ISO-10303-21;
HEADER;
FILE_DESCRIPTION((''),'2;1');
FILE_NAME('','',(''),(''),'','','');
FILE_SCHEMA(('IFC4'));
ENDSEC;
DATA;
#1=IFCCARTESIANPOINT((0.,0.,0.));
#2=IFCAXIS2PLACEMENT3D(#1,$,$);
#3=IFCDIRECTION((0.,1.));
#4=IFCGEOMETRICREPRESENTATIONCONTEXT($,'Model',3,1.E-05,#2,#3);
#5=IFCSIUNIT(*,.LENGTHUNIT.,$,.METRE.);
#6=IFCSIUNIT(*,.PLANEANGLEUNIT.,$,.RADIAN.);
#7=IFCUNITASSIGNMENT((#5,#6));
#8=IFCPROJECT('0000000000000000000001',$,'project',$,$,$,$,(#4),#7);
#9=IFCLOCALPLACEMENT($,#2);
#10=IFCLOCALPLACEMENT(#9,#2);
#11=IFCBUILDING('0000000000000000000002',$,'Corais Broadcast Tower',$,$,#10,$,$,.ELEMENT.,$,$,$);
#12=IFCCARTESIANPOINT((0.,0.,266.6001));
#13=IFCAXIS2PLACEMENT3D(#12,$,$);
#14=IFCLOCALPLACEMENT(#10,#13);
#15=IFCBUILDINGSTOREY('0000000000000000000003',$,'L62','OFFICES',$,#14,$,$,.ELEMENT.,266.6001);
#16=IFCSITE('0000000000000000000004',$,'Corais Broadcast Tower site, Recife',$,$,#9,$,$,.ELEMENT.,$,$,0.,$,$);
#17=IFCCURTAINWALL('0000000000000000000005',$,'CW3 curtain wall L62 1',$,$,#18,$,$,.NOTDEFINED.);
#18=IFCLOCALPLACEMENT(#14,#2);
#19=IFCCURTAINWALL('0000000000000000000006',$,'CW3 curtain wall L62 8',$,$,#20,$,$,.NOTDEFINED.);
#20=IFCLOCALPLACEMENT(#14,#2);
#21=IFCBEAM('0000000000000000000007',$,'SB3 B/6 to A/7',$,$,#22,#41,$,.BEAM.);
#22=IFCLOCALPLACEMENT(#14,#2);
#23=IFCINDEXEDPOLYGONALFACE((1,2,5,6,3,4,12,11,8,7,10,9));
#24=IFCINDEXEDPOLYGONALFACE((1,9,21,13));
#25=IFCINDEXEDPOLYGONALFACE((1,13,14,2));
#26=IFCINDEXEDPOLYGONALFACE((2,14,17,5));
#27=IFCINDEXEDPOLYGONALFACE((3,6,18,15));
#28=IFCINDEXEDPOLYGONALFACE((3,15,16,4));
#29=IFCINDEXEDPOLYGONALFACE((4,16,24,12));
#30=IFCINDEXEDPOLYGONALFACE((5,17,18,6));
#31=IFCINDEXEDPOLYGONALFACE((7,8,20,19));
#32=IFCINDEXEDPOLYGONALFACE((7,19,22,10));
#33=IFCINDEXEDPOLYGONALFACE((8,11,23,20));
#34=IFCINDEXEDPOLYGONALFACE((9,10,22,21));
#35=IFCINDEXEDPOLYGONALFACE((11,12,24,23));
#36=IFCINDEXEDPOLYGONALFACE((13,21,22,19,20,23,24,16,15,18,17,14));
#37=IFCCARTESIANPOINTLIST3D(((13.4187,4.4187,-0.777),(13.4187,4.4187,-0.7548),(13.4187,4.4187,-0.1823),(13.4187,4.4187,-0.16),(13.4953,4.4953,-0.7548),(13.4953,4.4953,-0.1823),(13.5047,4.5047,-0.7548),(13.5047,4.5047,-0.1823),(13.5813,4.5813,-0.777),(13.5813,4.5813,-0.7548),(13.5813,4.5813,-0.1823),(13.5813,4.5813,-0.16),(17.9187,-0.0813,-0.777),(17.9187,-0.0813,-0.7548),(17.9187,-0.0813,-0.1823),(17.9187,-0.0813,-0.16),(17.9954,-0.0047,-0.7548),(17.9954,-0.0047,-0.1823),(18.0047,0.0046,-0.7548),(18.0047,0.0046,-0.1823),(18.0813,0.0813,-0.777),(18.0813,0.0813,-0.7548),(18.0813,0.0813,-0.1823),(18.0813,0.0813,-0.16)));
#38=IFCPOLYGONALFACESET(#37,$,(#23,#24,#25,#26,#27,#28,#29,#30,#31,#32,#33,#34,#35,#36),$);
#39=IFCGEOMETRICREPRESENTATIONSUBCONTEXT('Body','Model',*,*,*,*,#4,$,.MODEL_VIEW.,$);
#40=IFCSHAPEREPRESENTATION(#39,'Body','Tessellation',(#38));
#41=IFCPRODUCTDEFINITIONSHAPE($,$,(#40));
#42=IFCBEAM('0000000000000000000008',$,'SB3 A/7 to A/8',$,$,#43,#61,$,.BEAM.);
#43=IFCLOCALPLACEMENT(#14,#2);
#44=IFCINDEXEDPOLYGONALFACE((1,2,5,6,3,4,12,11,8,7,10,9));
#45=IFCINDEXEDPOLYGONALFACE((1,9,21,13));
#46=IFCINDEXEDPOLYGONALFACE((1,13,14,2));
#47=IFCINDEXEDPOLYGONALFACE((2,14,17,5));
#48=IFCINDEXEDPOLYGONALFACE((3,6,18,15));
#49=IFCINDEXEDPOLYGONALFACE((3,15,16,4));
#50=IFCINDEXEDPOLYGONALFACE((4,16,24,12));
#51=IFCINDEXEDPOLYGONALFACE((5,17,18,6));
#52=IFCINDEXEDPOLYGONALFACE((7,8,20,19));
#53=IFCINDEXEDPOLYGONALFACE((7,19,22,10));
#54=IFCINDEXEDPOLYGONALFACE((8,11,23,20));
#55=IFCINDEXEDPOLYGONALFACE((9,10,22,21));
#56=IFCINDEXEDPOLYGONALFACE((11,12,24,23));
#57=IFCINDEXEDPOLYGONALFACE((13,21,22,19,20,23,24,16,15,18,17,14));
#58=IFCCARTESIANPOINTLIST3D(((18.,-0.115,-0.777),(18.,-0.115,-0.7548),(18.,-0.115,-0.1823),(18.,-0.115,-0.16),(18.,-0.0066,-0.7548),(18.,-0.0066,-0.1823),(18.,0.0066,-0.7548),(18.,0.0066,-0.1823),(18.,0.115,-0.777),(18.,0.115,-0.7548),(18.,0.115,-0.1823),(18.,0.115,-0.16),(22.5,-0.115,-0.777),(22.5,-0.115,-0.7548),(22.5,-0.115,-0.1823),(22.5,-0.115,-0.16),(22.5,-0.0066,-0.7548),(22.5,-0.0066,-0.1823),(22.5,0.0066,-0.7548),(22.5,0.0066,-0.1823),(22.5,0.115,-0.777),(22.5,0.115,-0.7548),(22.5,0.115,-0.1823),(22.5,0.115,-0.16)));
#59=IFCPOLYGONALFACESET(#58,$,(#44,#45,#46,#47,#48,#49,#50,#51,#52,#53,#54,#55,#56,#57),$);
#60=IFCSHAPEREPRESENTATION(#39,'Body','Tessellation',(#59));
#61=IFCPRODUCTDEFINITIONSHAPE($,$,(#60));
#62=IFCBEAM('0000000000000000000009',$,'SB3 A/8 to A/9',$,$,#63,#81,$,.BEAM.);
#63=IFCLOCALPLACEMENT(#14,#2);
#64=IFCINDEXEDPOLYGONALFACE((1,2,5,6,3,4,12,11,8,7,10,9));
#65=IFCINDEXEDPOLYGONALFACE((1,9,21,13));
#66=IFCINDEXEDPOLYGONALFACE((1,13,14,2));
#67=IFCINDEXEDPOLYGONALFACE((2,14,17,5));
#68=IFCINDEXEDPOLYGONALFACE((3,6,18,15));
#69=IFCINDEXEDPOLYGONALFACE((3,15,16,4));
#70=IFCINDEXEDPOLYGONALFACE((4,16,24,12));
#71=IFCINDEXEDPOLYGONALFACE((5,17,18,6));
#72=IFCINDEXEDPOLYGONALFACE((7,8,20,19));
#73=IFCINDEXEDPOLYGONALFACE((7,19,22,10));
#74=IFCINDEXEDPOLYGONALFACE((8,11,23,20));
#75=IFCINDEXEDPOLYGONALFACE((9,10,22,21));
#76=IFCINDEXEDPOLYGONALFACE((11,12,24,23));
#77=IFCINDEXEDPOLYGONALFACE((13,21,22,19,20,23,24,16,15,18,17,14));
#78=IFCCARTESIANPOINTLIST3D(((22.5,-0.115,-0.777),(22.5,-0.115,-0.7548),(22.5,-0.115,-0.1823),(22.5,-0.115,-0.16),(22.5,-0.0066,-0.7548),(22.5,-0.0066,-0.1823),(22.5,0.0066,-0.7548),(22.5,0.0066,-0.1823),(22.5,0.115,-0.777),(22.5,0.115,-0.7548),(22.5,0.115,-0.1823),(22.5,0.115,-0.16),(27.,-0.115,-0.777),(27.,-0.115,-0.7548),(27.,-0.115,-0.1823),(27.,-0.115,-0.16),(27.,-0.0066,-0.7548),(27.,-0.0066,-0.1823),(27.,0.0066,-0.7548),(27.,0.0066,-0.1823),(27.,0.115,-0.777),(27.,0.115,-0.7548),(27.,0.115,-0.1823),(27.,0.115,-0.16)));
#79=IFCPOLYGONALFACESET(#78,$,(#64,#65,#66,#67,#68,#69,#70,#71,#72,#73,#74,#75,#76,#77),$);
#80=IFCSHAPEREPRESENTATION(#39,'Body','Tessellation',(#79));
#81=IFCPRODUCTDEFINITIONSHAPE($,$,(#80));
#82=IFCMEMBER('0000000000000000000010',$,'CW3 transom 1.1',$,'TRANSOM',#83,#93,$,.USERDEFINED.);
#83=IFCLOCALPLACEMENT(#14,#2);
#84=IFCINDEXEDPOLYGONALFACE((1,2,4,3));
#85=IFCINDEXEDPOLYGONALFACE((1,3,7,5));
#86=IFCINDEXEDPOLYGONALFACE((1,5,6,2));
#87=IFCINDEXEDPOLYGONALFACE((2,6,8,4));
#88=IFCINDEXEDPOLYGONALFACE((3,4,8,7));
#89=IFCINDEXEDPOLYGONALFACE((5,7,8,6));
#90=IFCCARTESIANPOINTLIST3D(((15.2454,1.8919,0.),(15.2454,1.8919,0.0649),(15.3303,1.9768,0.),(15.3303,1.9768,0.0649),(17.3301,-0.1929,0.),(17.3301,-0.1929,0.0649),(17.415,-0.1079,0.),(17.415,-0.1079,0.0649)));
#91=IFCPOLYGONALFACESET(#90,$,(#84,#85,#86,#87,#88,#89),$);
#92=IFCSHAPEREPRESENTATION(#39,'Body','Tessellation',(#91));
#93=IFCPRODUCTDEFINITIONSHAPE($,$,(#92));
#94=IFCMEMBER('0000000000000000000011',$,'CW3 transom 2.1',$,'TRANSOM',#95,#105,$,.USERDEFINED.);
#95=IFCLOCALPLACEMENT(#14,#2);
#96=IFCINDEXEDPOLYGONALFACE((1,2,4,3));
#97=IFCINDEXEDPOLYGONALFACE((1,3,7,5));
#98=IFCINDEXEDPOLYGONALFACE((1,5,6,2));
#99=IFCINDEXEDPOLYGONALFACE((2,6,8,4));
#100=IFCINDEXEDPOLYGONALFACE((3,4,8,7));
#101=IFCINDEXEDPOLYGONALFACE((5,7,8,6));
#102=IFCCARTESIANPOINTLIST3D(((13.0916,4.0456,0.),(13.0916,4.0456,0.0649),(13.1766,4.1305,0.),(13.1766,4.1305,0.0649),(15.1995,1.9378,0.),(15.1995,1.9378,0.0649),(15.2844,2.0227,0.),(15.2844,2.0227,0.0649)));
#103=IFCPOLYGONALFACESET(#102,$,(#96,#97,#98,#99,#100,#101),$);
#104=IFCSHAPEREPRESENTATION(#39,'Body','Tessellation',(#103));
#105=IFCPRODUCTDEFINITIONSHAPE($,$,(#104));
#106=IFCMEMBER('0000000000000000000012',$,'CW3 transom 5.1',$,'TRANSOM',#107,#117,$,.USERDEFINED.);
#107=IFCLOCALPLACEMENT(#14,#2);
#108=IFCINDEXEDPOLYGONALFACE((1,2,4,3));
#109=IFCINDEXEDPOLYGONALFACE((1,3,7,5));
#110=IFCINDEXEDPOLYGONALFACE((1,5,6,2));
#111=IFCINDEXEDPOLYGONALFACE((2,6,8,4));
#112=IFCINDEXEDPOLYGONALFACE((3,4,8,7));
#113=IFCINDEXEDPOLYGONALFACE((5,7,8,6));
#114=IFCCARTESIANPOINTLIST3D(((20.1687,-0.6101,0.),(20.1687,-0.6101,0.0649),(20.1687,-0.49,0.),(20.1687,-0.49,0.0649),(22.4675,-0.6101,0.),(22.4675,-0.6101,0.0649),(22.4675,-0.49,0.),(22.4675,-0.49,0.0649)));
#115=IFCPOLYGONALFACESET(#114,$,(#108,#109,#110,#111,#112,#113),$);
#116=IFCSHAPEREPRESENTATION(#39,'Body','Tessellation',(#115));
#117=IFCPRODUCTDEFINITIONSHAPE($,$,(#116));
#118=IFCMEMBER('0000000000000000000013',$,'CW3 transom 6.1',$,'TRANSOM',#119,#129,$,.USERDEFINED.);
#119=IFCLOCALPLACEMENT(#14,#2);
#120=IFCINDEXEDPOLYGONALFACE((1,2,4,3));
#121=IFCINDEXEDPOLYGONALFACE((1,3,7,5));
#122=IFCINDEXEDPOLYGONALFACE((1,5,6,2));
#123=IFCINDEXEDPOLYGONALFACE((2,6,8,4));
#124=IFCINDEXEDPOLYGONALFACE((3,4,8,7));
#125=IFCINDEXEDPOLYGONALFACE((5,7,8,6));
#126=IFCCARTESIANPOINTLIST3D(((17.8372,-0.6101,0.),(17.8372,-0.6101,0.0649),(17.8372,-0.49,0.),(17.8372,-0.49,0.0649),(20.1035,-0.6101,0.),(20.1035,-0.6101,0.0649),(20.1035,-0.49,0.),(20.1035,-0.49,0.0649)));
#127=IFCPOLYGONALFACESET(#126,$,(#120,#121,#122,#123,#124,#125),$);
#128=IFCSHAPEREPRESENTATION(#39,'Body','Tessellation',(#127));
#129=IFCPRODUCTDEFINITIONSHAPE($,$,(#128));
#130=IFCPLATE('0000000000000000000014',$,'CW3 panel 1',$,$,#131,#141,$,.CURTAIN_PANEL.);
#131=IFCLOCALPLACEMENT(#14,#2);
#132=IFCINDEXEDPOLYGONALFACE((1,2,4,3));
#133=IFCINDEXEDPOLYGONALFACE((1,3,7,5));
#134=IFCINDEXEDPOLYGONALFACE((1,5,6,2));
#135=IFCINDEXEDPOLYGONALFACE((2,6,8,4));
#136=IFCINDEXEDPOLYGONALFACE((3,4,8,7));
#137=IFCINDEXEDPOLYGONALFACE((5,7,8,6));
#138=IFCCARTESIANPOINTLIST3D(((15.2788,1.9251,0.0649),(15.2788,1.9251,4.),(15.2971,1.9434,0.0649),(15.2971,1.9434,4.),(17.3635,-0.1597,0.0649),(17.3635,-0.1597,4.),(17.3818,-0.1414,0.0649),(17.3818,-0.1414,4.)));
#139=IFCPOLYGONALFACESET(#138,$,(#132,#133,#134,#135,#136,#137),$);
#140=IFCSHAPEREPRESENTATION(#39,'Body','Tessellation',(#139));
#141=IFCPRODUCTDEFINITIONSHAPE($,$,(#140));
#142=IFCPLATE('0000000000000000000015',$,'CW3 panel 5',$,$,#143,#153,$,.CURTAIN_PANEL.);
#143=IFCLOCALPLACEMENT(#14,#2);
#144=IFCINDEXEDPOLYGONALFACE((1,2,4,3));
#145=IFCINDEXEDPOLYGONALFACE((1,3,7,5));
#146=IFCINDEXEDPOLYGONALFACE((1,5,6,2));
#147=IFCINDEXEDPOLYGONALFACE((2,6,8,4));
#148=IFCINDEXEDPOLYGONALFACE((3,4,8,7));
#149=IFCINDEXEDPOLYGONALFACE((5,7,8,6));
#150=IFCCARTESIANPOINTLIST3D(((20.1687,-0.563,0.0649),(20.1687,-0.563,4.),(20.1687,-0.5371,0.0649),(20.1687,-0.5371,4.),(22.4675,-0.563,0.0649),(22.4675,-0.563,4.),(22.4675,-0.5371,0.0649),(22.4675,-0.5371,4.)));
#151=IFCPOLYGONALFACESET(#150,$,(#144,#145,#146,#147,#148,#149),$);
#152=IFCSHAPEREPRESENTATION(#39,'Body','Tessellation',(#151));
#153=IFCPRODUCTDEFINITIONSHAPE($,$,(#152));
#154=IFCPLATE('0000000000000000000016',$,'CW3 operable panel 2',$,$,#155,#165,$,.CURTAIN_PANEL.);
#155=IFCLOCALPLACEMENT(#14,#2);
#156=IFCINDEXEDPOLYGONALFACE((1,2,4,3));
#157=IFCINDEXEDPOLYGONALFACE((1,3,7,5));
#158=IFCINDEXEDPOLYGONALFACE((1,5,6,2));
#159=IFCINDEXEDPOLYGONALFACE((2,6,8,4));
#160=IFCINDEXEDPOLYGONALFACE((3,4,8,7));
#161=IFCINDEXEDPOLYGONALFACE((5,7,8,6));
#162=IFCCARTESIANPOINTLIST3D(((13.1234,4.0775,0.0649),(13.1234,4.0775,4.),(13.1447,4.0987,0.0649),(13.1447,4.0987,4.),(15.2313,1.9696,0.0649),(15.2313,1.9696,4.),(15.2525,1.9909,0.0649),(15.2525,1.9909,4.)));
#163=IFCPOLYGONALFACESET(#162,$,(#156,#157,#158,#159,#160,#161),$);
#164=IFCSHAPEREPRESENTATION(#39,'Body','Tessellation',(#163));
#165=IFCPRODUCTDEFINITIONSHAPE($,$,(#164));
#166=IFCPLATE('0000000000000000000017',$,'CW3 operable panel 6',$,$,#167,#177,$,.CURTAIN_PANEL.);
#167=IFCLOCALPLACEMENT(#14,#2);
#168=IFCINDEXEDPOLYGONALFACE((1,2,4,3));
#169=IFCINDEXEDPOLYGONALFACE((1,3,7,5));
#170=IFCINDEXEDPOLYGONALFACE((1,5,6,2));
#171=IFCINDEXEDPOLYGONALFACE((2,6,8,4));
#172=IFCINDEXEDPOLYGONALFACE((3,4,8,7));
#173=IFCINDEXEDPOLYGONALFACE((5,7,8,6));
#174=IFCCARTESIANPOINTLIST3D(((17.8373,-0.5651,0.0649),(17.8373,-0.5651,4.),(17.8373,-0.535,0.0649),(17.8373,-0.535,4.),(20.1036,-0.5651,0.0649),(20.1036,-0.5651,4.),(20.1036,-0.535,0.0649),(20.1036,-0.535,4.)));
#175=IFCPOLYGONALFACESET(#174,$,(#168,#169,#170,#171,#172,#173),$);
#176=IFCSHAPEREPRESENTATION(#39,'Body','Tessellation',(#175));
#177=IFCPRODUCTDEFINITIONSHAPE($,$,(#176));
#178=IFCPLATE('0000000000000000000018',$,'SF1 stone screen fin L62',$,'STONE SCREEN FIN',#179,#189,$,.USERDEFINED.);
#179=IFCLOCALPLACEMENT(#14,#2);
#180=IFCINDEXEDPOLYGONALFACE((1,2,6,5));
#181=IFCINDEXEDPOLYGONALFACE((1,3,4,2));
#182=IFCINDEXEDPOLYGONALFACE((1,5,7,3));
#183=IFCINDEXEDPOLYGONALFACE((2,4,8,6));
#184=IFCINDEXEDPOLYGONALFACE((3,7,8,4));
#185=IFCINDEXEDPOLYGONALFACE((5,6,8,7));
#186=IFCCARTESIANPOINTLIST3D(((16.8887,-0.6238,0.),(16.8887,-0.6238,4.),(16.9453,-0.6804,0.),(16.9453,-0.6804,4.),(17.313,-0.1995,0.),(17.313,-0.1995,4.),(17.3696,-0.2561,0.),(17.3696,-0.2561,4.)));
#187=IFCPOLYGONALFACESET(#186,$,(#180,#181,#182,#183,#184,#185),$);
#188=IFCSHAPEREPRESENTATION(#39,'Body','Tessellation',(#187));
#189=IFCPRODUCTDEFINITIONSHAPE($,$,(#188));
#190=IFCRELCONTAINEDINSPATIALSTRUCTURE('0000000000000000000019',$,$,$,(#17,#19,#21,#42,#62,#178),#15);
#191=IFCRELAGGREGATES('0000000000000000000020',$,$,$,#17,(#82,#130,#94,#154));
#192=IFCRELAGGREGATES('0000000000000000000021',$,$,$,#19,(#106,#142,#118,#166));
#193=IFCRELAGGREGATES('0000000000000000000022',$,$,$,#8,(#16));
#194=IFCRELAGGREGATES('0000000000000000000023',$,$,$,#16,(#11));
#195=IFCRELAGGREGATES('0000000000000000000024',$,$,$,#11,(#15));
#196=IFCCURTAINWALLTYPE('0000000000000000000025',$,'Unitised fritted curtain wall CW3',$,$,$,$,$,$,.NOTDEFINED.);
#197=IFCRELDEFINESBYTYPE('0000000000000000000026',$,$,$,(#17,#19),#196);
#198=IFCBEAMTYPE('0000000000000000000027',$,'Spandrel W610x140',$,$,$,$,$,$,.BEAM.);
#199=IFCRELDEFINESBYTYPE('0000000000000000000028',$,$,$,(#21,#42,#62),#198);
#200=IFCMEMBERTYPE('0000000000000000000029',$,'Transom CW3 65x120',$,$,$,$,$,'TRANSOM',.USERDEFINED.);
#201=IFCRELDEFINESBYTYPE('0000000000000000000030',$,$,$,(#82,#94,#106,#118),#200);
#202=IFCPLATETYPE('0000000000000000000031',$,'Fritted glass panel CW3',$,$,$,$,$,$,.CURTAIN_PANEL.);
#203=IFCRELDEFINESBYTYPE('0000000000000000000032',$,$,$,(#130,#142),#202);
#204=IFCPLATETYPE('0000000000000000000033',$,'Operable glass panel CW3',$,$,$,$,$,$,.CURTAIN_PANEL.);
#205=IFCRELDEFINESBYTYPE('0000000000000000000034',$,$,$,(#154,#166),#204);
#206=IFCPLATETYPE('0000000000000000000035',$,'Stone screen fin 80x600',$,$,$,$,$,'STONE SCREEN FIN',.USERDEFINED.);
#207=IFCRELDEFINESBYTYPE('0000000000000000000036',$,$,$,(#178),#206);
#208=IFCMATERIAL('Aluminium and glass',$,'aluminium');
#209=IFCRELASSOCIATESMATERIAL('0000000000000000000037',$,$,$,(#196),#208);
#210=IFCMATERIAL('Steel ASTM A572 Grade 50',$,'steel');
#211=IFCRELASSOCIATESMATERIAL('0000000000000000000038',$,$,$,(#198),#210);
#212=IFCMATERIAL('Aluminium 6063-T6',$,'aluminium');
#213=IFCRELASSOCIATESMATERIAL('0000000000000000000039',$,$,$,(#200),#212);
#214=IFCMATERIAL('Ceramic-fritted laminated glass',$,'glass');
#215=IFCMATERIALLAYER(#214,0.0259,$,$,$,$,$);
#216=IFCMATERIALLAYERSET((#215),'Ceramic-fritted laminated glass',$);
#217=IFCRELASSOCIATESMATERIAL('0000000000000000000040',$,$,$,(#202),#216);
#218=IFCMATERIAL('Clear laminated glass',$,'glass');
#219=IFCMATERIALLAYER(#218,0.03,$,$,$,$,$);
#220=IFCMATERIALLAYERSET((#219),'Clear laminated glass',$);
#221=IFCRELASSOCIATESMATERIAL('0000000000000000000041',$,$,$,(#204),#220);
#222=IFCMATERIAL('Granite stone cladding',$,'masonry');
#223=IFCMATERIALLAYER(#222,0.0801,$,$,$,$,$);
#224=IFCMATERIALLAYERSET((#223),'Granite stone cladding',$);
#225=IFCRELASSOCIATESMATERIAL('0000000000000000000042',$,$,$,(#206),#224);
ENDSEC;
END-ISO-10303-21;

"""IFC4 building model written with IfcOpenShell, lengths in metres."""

from ifc_helpers import new_model, si_unit, direction, frame, origin, origin_2d, place, context, subcontext, project, spatial, rectangle, i_section, extrude, material, layer, layer_set, material_profile, profile_set, type_object, element, aggregate, save


model = new_model("IFC4")

# Units and contexts
model_context = context("Model", 3, precision=1e-05, world=origin(), true_north=direction((0.0, 1.0)))
body_context = subcontext(model_context, "Body", "Model", "MODEL_VIEW")
ifc_project = project(units=[si_unit("LENGTHUNIT", "METRE"), si_unit("PLANEANGLEUNIT", "RADIAN")], contexts=[model_context])

# Site, building, storey
site_placement = place(None, origin())
site = spatial("IfcSite", under=ifc_project, at=site_placement, Name="Corais Broadcast Tower site, Recife", CompositionType="ELEMENT", RefElevation=0.0)
building_placement = place(site_placement, origin())
building = spatial("IfcBuilding", under=site, at=building_placement, Name="Corais Broadcast Tower", CompositionType="ELEMENT")
storey_placement = place(building_placement, frame((0.0, 0.0, 266.6001)))
storey = spatial("IfcBuildingStorey", under=building, at=storey_placement, Name="L62", Description="OFFICES", CompositionType="ELEMENT", Elevation=266.6001)

# Curtain walls
ifc_material_1 = material(Name="Aluminium and glass", Category="aluminium")
curtain_wall_type = type_object("IfcCurtainWallType", Name="Unitised fritted curtain wall CW3", PredefinedType="NOTDEFINED", material=ifc_material_1)
curtain_wall_1_placement = place(storey_placement, origin())
curtain_wall_1 = element("IfcCurtainWall", 1, at=curtain_wall_1_placement, inside=storey, type_object=curtain_wall_type, Name="CW3 curtain wall L62 1", PredefinedType="NOTDEFINED")
curtain_wall_2_placement = place(storey_placement, origin())
curtain_wall_2 = element("IfcCurtainWall", 2, at=curtain_wall_2_placement, inside=storey, type_object=curtain_wall_type, Name="CW3 curtain wall L62 8", PredefinedType="NOTDEFINED")

# Beams
ifc_material_2 = material(Name="Steel ASTM A572 Grade 50", Category="steel")
ifc_material_profile_1 = material_profile(ifc_material_2, i_section(OverallWidth=0.23, OverallDepth=0.6169, WebThickness=0.0132, FlangeThickness=0.0222, at=origin_2d()), Name="W610x140")
ifc_profile_set_1 = profile_set([ifc_material_profile_1], Name="Steel ASTM A572 Grade 50")
beam_type_1 = type_object("IfcBeamType", Name="Spandrel W610x140", PredefinedType="BEAM", material=ifc_profile_set_1)
beam_1_placement = place(storey_placement, frame((13.5, 4.5, -0.4685), z_axis=(0.707107, -0.707107, 0.0), x_axis=(0.707107, 0.707107, 0.0)))
element("IfcBeam", 3, at=beam_1_placement, inside=storey, type_object=beam_type_1, Name="SB3 B/6 to A/7", PredefinedType="BEAM", context=body_context, shape_type="SweptSolid", body=[
    extrude(i_section(OverallWidth=0.23, OverallDepth=0.6169, WebThickness=0.0132, FlangeThickness=0.0222, at=origin_2d()), origin(), (0.0, 0.0, 1.0), 6.364),
])
for number, where, z_axis, x_axis, name in (
    (4, (18.0, 0.0, -0.4685), (1.0, 0.0, 0.0), (0.0, 1.0, 0.0), "SB3 A/7 to A/8"),
    (5, (22.5, 0.0, -0.4685), (1.0, 0.0, 0.0), (0.0, 1.0, 0.0), "SB3 A/8 to A/9"),
):
    element("IfcBeam", number, at=place(storey_placement, frame(where, z_axis=z_axis, x_axis=x_axis)), inside=storey, type_object=beam_type_1, Name=name, PredefinedType="BEAM", context=body_context, shape_type="SweptSolid", body=[
        extrude(i_section(OverallWidth=0.23, OverallDepth=0.6169, WebThickness=0.0132, FlangeThickness=0.0222, at=origin_2d()), origin(), (0.0, 0.0, 1.0), 4.5),
    ])

# Members
ifc_material_3 = material(Name="Aluminium 6063-T6", Category="aluminium")
ifc_material_profile_2 = material_profile(ifc_material_3, rectangle(XDim=0.1201, YDim=0.0649, at=origin_2d()), Name="Transom CW3 65x120")
ifc_profile_set_2 = profile_set([ifc_material_profile_2], Name="Aluminium 6063-T6")
member_type_1 = type_object("IfcMemberType", Name="Transom CW3 65x120", ElementType="TRANSOM", PredefinedType="USERDEFINED", material=ifc_profile_set_2)
member_1_placement = place(storey_placement, frame((17.3726, -0.1504, 0.0325), z_axis=(-0.707107, 0.707107, 0.0), x_axis=(-0.707107, -0.707107, 0.0)))
member_1 = element("IfcMember", 6, at=member_1_placement, type_object=member_type_1, Name="CW3 transom 1.1", ObjectType="TRANSOM", PredefinedType="USERDEFINED", context=body_context, shape_type="SweptSolid", body=[
    extrude(rectangle(XDim=0.1201, YDim=0.0649, at=origin_2d()), origin(), (0.0, 0.0, 1.0), 2.9482),
])
member_2_placement = place(storey_placement, frame((15.2419, 1.9802, 0.0325), z_axis=(-0.707107, 0.707107, 0.0), x_axis=(-0.707107, -0.707107, 0.0)))
member_2 = element("IfcMember", 7, at=member_2_placement, type_object=member_type_1, Name="CW3 transom 2.1", ObjectType="TRANSOM", PredefinedType="USERDEFINED", context=body_context, shape_type="SweptSolid", body=[
    extrude(rectangle(XDim=0.1201, YDim=0.0649, at=origin_2d()), origin(), (0.0, 0.0, 1.0), 2.981),
])
member_3_placement = place(storey_placement, frame((22.4675, -0.55, 0.0325), z_axis=(-1.0, 0.0, 0.0), x_axis=(0.0, -1.0, 0.0)))
member_3 = element("IfcMember", 8, at=member_3_placement, type_object=member_type_1, Name="CW3 transom 5.1", ObjectType="TRANSOM", PredefinedType="USERDEFINED", context=body_context, shape_type="SweptSolid", body=[
    extrude(rectangle(XDim=0.1201, YDim=0.0649, at=origin_2d()), origin(), (0.0, 0.0, 1.0), 2.2988),
])
member_4_placement = place(storey_placement, frame((20.1035, -0.55, 0.0325), z_axis=(-1.0, 0.0, 0.0), x_axis=(0.0, -1.0, 0.0)))
member_4 = element("IfcMember", 9, at=member_4_placement, type_object=member_type_1, Name="CW3 transom 6.1", ObjectType="TRANSOM", PredefinedType="USERDEFINED", context=body_context, shape_type="SweptSolid", body=[
    extrude(rectangle(XDim=0.1201, YDim=0.0649, at=origin_2d()), origin(), (0.0, 0.0, 1.0), 2.2664),
])

# Plates
ifc_material_4 = material(Name="Ceramic-fritted laminated glass", Category="glass")
ifc_layer_1 = layer(ifc_material_4, 0.0259)
ifc_layer_set_1 = layer_set([ifc_layer_1], Name="Ceramic-fritted laminated glass")
plate_type_1 = type_object("IfcPlateType", Name="Fritted glass panel CW3", PredefinedType="CURTAIN_PANEL", material=ifc_layer_set_1)
plate_1_placement = place(storey_placement, frame((16.3303, 0.8918, 0.0649), z_axis=(0.0, 0.0, 1.0), x_axis=(-0.707107, 0.707107, 0.0)))
plate_1 = element("IfcPlate", 10, at=plate_1_placement, type_object=plate_type_1, Name="CW3 panel 1", PredefinedType="CURTAIN_PANEL", context=body_context, shape_type="SweptSolid", body=[
    extrude(rectangle(XDim=2.9482, YDim=0.0259, at=origin_2d()), origin(), (0.0, 0.0, 1.0), 3.9351),
])
plate_2_placement = place(storey_placement, frame((21.3181, -0.55, 0.0649), z_axis=(0.0, 0.0, 1.0), x_axis=(-1.0, 0.0, 0.0)))
plate_2 = element("IfcPlate", 11, at=plate_2_placement, type_object=plate_type_1, Name="CW3 panel 5", PredefinedType="CURTAIN_PANEL", context=body_context, shape_type="SweptSolid", body=[
    extrude(rectangle(XDim=2.2988, YDim=0.0259, at=origin_2d()), origin(), (0.0, 0.0, 1.0), 3.9351),
])
ifc_material_5 = material(Name="Clear laminated glass", Category="glass")
ifc_layer_2 = layer(ifc_material_5, 0.03)
ifc_layer_set_2 = layer_set([ifc_layer_2], Name="Clear laminated glass")
plate_type_2 = type_object("IfcPlateType", Name="Operable glass panel CW3", PredefinedType="CURTAIN_PANEL", material=ifc_layer_set_2)
plate_3_placement = place(storey_placement, frame((14.188, 3.0342, 0.0649), z_axis=(0.0, 0.0, 1.0), x_axis=(-0.707107, 0.707107, 0.0)))
plate_3 = element("IfcPlate", 12, at=plate_3_placement, type_object=plate_type_2, Name="CW3 operable panel 2", PredefinedType="CURTAIN_PANEL", context=body_context, shape_type="SweptSolid", body=[
    extrude(rectangle(XDim=2.981, YDim=0.03, at=origin_2d()), origin(), (0.0, 0.0, 1.0), 3.9351),
])
aggregate(curtain_wall_1, [member_1, plate_1, member_2, plate_3])
plate_4_placement = place(storey_placement, frame((18.9705, -0.55, 0.0649), z_axis=(0.0, 0.0, 1.0), x_axis=(-1.0, 0.0, 0.0)))
plate_4 = element("IfcPlate", 13, at=plate_4_placement, type_object=plate_type_2, Name="CW3 operable panel 6", PredefinedType="CURTAIN_PANEL", context=body_context, shape_type="SweptSolid", body=[
    extrude(rectangle(XDim=2.2664, YDim=0.03, at=origin_2d()), origin(), (0.0, 0.0, 1.0), 3.9351),
])
aggregate(curtain_wall_2, [member_3, plate_2, member_4, plate_4])
ifc_material_6 = material(Name="Granite stone cladding", Category="masonry")
ifc_layer_3 = layer(ifc_material_6, 0.0801)
ifc_layer_set_3 = layer_set([ifc_layer_3], Name="Granite stone cladding")
plate_type_3 = type_object("IfcPlateType", Name="Stone screen fin 80x600", ElementType="STONE SCREEN FIN", PredefinedType="USERDEFINED", material=ifc_layer_set_3)
plate_5_placement = place(storey_placement, frame((17.1292, -0.4399, 0.0), z_axis=(0.0, 0.0, 1.0), x_axis=(-0.707107, 0.707107, 0.0)))
element("IfcPlate", 14, at=plate_5_placement, inside=storey, type_object=plate_type_3, Name="SF1 stone screen fin L62", ObjectType="STONE SCREEN FIN", PredefinedType="USERDEFINED", context=body_context, shape_type="SweptSolid", body=[
    extrude(rectangle(XDim=0.0801, YDim=0.6001, at=origin_2d()), origin(), (0.0, 0.0, 1.0), 4.0),
])

save(model, "model.ifc")
